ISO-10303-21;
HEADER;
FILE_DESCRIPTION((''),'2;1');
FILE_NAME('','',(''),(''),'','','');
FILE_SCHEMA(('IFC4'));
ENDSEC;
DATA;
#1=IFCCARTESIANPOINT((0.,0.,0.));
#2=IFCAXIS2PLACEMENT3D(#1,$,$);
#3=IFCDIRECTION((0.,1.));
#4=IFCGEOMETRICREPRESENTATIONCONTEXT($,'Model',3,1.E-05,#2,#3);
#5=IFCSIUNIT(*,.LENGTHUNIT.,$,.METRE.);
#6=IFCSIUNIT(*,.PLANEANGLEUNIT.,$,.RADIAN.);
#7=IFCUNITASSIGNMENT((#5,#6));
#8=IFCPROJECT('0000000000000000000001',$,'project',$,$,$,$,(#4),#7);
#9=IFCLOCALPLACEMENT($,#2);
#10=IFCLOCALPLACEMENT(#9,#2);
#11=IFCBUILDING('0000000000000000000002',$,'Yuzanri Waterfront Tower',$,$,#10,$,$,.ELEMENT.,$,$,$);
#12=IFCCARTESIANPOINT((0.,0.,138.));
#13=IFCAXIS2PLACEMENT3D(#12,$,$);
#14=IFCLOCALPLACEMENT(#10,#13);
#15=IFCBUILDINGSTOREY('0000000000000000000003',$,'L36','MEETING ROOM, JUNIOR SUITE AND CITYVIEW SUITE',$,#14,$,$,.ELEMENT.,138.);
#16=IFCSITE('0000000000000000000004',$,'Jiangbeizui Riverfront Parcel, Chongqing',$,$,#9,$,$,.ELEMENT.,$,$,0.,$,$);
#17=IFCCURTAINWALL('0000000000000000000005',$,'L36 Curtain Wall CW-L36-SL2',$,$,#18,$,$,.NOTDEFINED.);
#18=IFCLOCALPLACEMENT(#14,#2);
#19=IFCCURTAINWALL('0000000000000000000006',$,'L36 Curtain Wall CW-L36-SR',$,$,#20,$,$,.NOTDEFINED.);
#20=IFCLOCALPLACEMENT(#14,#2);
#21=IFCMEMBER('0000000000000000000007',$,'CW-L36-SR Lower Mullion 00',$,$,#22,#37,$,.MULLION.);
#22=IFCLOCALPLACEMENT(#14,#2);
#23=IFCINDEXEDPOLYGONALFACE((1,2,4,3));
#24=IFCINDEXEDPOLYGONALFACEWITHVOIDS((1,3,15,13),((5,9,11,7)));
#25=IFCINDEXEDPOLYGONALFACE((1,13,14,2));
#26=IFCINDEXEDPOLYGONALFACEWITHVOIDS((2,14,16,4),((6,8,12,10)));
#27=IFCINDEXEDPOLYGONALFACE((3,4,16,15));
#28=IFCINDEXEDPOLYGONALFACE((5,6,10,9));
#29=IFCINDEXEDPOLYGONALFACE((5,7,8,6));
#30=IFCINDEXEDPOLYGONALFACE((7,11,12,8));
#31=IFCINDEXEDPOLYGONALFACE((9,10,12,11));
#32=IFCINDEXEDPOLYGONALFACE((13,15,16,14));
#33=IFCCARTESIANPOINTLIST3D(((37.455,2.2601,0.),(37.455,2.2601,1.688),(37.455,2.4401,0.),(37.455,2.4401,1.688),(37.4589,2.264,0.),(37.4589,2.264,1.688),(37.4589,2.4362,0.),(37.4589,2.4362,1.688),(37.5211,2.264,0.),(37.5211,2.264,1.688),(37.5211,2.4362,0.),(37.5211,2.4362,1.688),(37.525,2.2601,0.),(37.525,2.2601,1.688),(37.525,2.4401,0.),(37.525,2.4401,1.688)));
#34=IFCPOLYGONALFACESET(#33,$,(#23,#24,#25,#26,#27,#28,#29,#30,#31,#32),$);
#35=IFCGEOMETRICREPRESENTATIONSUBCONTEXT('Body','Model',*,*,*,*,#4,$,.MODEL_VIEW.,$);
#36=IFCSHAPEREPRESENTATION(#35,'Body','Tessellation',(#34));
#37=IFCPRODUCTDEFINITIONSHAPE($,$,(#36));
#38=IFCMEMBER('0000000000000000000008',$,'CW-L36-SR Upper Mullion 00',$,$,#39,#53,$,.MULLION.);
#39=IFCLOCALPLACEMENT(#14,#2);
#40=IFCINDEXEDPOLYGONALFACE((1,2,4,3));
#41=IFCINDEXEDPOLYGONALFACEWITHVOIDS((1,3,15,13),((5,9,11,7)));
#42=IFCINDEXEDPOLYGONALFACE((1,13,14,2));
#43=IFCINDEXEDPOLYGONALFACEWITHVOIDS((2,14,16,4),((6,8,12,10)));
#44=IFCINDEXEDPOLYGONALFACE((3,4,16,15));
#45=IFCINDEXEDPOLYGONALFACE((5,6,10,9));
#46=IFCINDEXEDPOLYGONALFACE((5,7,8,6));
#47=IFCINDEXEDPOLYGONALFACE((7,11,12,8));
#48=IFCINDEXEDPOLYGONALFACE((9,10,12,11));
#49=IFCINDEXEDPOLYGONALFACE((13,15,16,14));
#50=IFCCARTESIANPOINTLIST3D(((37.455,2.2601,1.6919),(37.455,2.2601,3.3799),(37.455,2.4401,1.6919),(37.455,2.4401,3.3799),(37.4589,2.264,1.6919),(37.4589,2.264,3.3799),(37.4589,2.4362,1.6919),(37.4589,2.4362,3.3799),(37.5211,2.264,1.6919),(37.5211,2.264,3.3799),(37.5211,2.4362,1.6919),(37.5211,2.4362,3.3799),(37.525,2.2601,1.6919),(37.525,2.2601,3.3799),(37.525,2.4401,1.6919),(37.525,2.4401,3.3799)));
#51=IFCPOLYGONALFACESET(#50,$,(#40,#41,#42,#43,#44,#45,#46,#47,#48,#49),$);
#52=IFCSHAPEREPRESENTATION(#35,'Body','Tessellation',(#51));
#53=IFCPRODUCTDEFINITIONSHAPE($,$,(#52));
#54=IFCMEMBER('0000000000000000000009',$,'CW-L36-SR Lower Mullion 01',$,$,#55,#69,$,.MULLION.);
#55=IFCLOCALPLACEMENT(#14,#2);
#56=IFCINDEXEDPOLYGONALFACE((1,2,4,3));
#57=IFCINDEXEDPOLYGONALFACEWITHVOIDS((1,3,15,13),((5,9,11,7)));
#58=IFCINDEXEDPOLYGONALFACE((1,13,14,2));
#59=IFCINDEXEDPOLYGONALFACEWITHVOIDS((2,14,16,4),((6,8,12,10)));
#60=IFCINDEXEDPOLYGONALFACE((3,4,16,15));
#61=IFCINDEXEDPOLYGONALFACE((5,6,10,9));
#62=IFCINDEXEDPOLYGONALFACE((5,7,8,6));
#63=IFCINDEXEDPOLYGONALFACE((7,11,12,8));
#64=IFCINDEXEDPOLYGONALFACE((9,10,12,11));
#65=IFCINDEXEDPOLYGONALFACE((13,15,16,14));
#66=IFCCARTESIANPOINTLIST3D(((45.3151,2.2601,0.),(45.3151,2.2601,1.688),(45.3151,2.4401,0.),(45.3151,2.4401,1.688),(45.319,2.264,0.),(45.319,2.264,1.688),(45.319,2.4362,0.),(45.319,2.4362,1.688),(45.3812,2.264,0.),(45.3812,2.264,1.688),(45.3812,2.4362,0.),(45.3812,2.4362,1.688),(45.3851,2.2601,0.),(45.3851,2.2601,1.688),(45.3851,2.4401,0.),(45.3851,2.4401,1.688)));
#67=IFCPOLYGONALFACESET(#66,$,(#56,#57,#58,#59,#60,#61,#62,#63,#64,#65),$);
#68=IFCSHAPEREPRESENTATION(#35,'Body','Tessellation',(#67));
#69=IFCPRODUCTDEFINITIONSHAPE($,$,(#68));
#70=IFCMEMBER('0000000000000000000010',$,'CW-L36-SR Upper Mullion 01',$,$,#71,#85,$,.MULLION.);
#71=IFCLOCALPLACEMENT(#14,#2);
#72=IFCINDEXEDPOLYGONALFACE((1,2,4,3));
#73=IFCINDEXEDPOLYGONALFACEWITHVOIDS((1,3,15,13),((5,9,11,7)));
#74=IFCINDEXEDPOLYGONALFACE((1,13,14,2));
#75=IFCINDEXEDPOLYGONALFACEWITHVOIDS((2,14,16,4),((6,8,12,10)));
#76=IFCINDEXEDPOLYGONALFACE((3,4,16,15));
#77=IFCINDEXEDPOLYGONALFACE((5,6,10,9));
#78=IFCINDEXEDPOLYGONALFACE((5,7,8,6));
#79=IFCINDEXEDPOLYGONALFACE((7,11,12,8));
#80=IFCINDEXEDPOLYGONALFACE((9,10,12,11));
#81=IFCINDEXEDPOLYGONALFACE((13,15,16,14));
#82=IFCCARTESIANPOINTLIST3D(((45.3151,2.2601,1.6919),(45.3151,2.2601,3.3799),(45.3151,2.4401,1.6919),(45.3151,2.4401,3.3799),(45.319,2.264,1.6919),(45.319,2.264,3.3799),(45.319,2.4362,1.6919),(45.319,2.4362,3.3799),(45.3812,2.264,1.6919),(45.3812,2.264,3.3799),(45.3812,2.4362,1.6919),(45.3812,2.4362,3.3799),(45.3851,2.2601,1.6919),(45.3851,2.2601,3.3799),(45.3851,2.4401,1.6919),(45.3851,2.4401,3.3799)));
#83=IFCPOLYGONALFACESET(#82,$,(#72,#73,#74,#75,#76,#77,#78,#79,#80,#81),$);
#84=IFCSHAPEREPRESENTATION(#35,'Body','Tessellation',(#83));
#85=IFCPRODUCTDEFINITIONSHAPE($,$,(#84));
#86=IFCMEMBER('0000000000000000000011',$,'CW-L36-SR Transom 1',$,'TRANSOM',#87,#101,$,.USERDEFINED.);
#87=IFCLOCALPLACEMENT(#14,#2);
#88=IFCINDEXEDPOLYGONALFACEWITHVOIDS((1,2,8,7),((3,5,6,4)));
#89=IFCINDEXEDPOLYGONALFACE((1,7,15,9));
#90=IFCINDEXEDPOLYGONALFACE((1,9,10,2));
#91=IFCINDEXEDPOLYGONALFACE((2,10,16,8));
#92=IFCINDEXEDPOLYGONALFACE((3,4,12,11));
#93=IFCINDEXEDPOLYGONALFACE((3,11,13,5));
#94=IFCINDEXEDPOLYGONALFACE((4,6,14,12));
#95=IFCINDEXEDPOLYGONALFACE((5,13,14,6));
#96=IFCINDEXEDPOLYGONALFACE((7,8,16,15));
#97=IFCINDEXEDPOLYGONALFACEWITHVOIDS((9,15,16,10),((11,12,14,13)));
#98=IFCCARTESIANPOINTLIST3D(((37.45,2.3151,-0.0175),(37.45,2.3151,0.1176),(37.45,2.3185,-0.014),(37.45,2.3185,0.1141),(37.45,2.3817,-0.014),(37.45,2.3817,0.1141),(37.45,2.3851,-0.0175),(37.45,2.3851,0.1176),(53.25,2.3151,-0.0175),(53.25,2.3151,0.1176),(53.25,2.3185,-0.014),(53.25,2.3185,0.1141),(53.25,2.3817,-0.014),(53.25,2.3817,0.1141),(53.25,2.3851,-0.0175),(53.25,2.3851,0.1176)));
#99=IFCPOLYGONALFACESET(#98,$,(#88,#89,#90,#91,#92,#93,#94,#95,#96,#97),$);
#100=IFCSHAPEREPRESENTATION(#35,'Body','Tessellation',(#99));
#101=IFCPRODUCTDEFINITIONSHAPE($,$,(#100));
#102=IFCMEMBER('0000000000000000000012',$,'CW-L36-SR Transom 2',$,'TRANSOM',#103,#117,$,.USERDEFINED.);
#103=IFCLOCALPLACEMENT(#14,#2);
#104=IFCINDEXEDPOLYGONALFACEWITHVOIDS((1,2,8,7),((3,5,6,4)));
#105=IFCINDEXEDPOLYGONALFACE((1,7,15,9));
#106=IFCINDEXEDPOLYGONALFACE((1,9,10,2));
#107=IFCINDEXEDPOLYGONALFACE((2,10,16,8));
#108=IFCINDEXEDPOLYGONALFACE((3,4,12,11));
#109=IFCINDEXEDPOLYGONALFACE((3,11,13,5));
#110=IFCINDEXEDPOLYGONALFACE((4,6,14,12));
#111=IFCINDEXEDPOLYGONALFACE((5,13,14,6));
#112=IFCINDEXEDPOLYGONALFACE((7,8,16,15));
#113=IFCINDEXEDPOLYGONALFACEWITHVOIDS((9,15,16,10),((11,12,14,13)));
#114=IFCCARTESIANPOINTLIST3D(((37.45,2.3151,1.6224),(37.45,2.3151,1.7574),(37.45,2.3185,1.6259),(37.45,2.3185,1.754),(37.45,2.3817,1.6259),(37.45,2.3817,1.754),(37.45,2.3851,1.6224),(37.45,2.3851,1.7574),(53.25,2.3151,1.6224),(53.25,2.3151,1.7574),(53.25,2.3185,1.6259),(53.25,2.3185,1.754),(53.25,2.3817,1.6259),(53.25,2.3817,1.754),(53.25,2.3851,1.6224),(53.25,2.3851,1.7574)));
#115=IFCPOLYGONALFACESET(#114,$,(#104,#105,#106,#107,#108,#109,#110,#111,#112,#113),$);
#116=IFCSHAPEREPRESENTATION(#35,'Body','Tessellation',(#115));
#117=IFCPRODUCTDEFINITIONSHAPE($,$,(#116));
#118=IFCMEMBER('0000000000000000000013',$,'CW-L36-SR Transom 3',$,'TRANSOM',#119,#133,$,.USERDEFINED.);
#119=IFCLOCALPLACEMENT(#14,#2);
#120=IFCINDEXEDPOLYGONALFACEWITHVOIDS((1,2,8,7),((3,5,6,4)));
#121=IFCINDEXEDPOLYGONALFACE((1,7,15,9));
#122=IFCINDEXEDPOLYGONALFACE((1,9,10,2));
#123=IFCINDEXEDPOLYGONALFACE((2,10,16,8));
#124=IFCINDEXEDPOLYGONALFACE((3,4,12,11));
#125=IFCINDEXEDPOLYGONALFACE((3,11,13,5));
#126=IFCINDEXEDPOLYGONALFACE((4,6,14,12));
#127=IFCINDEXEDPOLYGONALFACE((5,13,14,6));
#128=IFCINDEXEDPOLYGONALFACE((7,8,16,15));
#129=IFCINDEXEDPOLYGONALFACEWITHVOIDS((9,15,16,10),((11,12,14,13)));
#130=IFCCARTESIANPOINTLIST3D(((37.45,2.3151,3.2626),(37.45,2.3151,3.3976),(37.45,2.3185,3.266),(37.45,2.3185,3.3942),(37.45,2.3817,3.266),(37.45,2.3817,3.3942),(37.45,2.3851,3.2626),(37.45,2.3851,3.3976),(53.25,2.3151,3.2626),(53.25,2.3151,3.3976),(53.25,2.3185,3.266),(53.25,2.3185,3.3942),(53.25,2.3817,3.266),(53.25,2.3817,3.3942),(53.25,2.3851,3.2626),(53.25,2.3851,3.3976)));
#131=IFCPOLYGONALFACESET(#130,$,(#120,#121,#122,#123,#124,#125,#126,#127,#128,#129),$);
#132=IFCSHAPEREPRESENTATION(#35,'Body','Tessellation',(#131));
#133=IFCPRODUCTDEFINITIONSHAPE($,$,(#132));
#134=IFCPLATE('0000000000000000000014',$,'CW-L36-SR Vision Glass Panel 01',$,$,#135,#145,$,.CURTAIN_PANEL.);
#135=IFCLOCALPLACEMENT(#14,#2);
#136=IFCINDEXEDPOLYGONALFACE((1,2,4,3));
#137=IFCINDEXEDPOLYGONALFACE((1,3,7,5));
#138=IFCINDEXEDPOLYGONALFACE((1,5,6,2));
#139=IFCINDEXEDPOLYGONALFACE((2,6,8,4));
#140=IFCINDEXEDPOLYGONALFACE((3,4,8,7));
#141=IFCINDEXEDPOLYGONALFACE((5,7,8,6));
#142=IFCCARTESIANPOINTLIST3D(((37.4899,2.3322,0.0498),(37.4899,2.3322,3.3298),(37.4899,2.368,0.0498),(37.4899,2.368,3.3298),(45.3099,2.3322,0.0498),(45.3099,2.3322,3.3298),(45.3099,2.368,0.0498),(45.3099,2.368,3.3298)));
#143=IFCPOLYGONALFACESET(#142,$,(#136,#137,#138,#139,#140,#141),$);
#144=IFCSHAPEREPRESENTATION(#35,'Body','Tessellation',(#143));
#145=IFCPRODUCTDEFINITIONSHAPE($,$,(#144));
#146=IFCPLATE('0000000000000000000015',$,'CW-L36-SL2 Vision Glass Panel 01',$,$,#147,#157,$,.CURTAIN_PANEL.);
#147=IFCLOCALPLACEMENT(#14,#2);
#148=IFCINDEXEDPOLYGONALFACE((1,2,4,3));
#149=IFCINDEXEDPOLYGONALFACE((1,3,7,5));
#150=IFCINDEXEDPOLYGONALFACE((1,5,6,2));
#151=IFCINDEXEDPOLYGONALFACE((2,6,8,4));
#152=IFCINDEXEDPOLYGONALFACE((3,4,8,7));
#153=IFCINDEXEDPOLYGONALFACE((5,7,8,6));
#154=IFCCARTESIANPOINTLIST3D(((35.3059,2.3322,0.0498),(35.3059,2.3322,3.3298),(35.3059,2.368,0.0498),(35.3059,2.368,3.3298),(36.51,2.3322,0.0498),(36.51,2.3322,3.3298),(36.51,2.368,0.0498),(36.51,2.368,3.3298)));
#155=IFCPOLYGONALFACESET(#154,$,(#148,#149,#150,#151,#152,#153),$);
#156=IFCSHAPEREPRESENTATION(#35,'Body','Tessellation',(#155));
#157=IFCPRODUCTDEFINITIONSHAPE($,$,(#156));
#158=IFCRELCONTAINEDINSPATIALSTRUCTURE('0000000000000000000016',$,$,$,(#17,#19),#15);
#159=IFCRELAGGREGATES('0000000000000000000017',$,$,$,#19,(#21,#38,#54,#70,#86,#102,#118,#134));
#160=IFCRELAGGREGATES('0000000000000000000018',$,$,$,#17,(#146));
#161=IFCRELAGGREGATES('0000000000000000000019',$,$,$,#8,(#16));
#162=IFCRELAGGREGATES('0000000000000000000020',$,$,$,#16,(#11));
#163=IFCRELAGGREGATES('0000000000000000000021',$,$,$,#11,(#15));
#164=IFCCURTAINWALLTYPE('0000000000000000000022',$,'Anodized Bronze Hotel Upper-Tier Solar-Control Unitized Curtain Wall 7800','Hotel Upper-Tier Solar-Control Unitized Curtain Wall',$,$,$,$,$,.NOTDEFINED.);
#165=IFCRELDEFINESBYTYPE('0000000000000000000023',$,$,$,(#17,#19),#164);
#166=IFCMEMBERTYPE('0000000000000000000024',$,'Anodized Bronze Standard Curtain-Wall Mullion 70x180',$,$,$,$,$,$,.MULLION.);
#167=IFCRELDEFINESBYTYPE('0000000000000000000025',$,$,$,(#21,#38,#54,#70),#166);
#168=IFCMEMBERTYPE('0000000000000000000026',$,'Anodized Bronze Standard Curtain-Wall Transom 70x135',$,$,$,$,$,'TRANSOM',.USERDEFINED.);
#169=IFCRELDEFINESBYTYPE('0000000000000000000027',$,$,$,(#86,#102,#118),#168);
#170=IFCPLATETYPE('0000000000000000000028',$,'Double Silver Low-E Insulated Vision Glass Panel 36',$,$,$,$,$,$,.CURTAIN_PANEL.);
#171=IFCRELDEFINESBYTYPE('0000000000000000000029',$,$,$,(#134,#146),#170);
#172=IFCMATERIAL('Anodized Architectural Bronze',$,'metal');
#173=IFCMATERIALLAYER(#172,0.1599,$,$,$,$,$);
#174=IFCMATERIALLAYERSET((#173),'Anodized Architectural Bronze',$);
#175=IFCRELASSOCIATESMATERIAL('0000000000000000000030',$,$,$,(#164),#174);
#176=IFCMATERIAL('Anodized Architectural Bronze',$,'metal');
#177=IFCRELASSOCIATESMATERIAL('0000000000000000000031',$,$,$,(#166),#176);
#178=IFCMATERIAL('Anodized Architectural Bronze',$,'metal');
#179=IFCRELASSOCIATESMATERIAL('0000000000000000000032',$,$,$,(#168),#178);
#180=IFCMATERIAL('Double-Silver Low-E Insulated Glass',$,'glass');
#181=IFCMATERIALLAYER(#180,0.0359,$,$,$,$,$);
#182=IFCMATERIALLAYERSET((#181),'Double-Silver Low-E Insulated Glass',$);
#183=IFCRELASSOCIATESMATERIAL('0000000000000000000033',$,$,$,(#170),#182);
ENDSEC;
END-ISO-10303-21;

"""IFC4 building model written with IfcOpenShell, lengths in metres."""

from ifc_helpers import new_model, si_unit, direction, frame, origin, origin_2d, place, context, subcontext, project, spatial, rectangle, hollow_rectangle, extrude, source, transform, mapped, material, layer, layer_set, material_profile, profile_set, type_object, element, aggregate, save


model = new_model("IFC4")

# Units and contexts
model_context = context("Model", 3, precision=1e-05, world=origin(), true_north=direction((0.0, 1.0)))
body_context = subcontext(model_context, "Body", "Model", "MODEL_VIEW")
ifc_project = project(units=[si_unit("LENGTHUNIT", "METRE"), si_unit("PLANEANGLEUNIT", "RADIAN")], contexts=[model_context])

# Site, building, storey
site_placement = place(None, origin())
site = spatial("IfcSite", under=ifc_project, at=site_placement, Name="Jiangbeizui Riverfront Parcel, Chongqing", CompositionType="ELEMENT", RefElevation=0.0)
building_placement = place(site_placement, origin())
building = spatial("IfcBuilding", under=site, at=building_placement, Name="Yuzanri Waterfront Tower", CompositionType="ELEMENT")
storey_placement = place(building_placement, frame((0.0, 0.0, 138.0)))
storey = spatial("IfcBuildingStorey", under=building, at=storey_placement, Name="L36", Description="MEETING ROOM, JUNIOR SUITE AND CITYVIEW SUITE", CompositionType="ELEMENT", Elevation=138.0)

# Curtain wall
ifc_material_1 = material(Name="Anodized Architectural Bronze", Category="metal")
ifc_layer_1 = layer(ifc_material_1, 0.1599)
ifc_layer_set_1 = layer_set([ifc_layer_1], Name="Anodized Architectural Bronze")
curtain_wall_type = type_object("IfcCurtainWallType", Name="Anodized Bronze Hotel Upper-Tier Solar-Control Unitized Curtain Wall 7800", Description="Hotel Upper-Tier Solar-Control Unitized Curtain Wall", PredefinedType="NOTDEFINED", material=ifc_layer_set_1)
curtain_wall_1_placement = place(storey_placement, origin())
curtain_wall_1 = element("IfcCurtainWall", 1, at=curtain_wall_1_placement, inside=storey, type_object=curtain_wall_type, Name="L36 Curtain Wall CW-L36-SL2", PredefinedType="NOTDEFINED")
ifc_material_2 = material(Name="Anodized Architectural Bronze", Category="metal")
ifc_material_profile_1 = material_profile(ifc_material_2, hollow_rectangle(XDim=0.0701, YDim=0.1799, WallThickness=0.0039, at=origin_2d()), Name="CWM 70x180")
ifc_profile_set_1 = profile_set([ifc_material_profile_1], Name="Anodized Architectural Bronze")
member_type_1 = type_object("IfcMemberType", Name="Anodized Bronze Standard Curtain-Wall Mullion 70x180", PredefinedType="MULLION", material=ifc_profile_set_1)
shared_shape_1 = source(origin(), body_context, "Body", "SweptSolid", [
    extrude(hollow_rectangle(XDim=0.0701, YDim=0.1799, WallThickness=0.0039, at=origin_2d()), origin(), (0.0, 0.0, 1.0), 1.688),
])

# Curtain wall, members, plate
curtain_wall_2_placement = place(storey_placement, origin())
curtain_wall_2 = element("IfcCurtainWall", 2, at=curtain_wall_2_placement, inside=storey, type_object=curtain_wall_type, Name="L36 Curtain Wall CW-L36-SR", PredefinedType="NOTDEFINED")
member_1_placement = place(storey_placement, frame((37.49, 2.3501, 0.0), z_axis=(0.0, 0.0, 1.0), x_axis=(1.0, 0.0, 0.0)))
member_1 = element("IfcMember", 3, at=member_1_placement, type_object=member_type_1, Name="CW-L36-SR Lower Mullion 00", PredefinedType="MULLION", context=body_context, shape_type="MappedRepresentation", body=[
    mapped(shared_shape_1, transform((0.0, 0.0, 0.0), scale=1.0)),
])
member_2_placement = place(storey_placement, frame((37.49, 2.3501, 1.6919), z_axis=(0.0, 0.0, 1.0), x_axis=(1.0, 0.0, 0.0)))
member_2 = element("IfcMember", 4, at=member_2_placement, type_object=member_type_1, Name="CW-L36-SR Upper Mullion 00", PredefinedType="MULLION", context=body_context, shape_type="MappedRepresentation", body=[
    mapped(shared_shape_1, transform((0.0, 0.0, 0.0), scale=1.0)),
])
member_3_placement = place(storey_placement, frame((45.3501, 2.3501, 0.0), z_axis=(0.0, 0.0, 1.0), x_axis=(1.0, 0.0, 0.0)))
member_3 = element("IfcMember", 5, at=member_3_placement, type_object=member_type_1, Name="CW-L36-SR Lower Mullion 01", PredefinedType="MULLION", context=body_context, shape_type="MappedRepresentation", body=[
    mapped(shared_shape_1, transform((0.0, 0.0, 0.0), scale=1.0)),
])
member_4_placement = place(storey_placement, frame((45.3501, 2.3501, 1.6919), z_axis=(0.0, 0.0, 1.0), x_axis=(1.0, 0.0, 0.0)))
member_4 = element("IfcMember", 6, at=member_4_placement, type_object=member_type_1, Name="CW-L36-SR Upper Mullion 01", PredefinedType="MULLION", context=body_context, shape_type="MappedRepresentation", body=[
    mapped(shared_shape_1, transform((0.0, 0.0, 0.0), scale=1.0)),
])
ifc_material_3 = material(Name="Anodized Architectural Bronze", Category="metal")
ifc_material_profile_2 = material_profile(ifc_material_3, hollow_rectangle(XDim=0.0701, YDim=0.135, WallThickness=0.0034, at=origin_2d()), Name="CWT 70x135")
ifc_profile_set_2 = profile_set([ifc_material_profile_2], Name="Anodized Architectural Bronze")
member_type_2 = type_object("IfcMemberType", Name="Anodized Bronze Standard Curtain-Wall Transom 70x135", ElementType="TRANSOM", PredefinedType="USERDEFINED", material=ifc_profile_set_2)
shared_shape_2 = source(origin(), body_context, "Body", "SweptSolid", [
    extrude(hollow_rectangle(XDim=0.0701, YDim=0.135, WallThickness=0.0034, at=origin_2d()), origin(), (0.0, 0.0, 1.0), 15.8),
])
member_5_placement = place(storey_placement, frame((37.45, 2.3501, 0.05), z_axis=(1.0, 0.0, 0.0), x_axis=(0.0, 1.0, 0.0)))
member_5 = element("IfcMember", 7, at=member_5_placement, type_object=member_type_2, Name="CW-L36-SR Transom 1", ObjectType="TRANSOM", PredefinedType="USERDEFINED", context=body_context, shape_type="MappedRepresentation", body=[
    mapped(shared_shape_2, transform((0.0, 0.0, 0.0), scale=1.0)),
])
member_6_placement = place(storey_placement, frame((37.45, 2.3501, 1.6899), z_axis=(1.0, 0.0, 0.0), x_axis=(0.0, 1.0, 0.0)))
member_6 = element("IfcMember", 8, at=member_6_placement, type_object=member_type_2, Name="CW-L36-SR Transom 2", ObjectType="TRANSOM", PredefinedType="USERDEFINED", context=body_context, shape_type="MappedRepresentation", body=[
    mapped(shared_shape_2, transform((0.0, 0.0, 0.0), scale=1.0)),
])
member_7_placement = place(storey_placement, frame((37.45, 2.3501, 3.3301), z_axis=(1.0, 0.0, 0.0), x_axis=(0.0, 1.0, 0.0)))
member_7 = element("IfcMember", 9, at=member_7_placement, type_object=member_type_2, Name="CW-L36-SR Transom 3", ObjectType="TRANSOM", PredefinedType="USERDEFINED", context=body_context, shape_type="MappedRepresentation", body=[
    mapped(shared_shape_2, transform((0.0, 0.0, 0.0), scale=1.0)),
])
ifc_material_4 = material(Name="Double-Silver Low-E Insulated Glass", Category="glass")
ifc_layer_2 = layer(ifc_material_4, 0.0359)
ifc_layer_set_2 = layer_set([ifc_layer_2], Name="Double-Silver Low-E Insulated Glass")
plate_type = type_object("IfcPlateType", Name="Double Silver Low-E Insulated Vision Glass Panel 36", PredefinedType="CURTAIN_PANEL", material=ifc_layer_set_2)
shared_shape_3 = source(origin(), body_context, "Body", "SweptSolid", [
    extrude(rectangle(XDim=7.8201, YDim=0.0359, at=origin_2d()), origin(), (0.0, 0.0, 1.0), 3.28),
])
plate_1_placement = place(storey_placement, frame((41.3999, 2.3501, 0.0498), z_axis=(0.0, 0.0, 1.0), x_axis=(1.0, 0.0, 0.0)))
plate_1 = element("IfcPlate", 10, at=plate_1_placement, type_object=plate_type, Name="CW-L36-SR Vision Glass Panel 01", PredefinedType="CURTAIN_PANEL", context=body_context, shape_type="MappedRepresentation", body=[
    mapped(shared_shape_3, transform((0.0, 0.0, 0.0), scale=1.0)),
])
aggregate(curtain_wall_2, [member_1, member_2, member_3, member_4, member_5, member_6, member_7, plate_1])

# Plate
shared_shape_4 = source(origin(), body_context, "Body", "SweptSolid", [
    extrude(rectangle(XDim=1.2041, YDim=0.0359, at=origin_2d()), origin(), (0.0, 0.0, 1.0), 3.28),
])
plate_2_placement = place(storey_placement, frame((35.908, 2.3501, 0.0498), z_axis=(0.0, 0.0, 1.0), x_axis=(1.0, 0.0, 0.0)))
plate_2 = element("IfcPlate", 11, at=plate_2_placement, type_object=plate_type, Name="CW-L36-SL2 Vision Glass Panel 01", PredefinedType="CURTAIN_PANEL", context=body_context, shape_type="MappedRepresentation", body=[
    mapped(shared_shape_4, transform((0.0, 0.0, 0.0), scale=1.0)),
])
aggregate(curtain_wall_1, [plate_2])

save(model, "model.ifc")
